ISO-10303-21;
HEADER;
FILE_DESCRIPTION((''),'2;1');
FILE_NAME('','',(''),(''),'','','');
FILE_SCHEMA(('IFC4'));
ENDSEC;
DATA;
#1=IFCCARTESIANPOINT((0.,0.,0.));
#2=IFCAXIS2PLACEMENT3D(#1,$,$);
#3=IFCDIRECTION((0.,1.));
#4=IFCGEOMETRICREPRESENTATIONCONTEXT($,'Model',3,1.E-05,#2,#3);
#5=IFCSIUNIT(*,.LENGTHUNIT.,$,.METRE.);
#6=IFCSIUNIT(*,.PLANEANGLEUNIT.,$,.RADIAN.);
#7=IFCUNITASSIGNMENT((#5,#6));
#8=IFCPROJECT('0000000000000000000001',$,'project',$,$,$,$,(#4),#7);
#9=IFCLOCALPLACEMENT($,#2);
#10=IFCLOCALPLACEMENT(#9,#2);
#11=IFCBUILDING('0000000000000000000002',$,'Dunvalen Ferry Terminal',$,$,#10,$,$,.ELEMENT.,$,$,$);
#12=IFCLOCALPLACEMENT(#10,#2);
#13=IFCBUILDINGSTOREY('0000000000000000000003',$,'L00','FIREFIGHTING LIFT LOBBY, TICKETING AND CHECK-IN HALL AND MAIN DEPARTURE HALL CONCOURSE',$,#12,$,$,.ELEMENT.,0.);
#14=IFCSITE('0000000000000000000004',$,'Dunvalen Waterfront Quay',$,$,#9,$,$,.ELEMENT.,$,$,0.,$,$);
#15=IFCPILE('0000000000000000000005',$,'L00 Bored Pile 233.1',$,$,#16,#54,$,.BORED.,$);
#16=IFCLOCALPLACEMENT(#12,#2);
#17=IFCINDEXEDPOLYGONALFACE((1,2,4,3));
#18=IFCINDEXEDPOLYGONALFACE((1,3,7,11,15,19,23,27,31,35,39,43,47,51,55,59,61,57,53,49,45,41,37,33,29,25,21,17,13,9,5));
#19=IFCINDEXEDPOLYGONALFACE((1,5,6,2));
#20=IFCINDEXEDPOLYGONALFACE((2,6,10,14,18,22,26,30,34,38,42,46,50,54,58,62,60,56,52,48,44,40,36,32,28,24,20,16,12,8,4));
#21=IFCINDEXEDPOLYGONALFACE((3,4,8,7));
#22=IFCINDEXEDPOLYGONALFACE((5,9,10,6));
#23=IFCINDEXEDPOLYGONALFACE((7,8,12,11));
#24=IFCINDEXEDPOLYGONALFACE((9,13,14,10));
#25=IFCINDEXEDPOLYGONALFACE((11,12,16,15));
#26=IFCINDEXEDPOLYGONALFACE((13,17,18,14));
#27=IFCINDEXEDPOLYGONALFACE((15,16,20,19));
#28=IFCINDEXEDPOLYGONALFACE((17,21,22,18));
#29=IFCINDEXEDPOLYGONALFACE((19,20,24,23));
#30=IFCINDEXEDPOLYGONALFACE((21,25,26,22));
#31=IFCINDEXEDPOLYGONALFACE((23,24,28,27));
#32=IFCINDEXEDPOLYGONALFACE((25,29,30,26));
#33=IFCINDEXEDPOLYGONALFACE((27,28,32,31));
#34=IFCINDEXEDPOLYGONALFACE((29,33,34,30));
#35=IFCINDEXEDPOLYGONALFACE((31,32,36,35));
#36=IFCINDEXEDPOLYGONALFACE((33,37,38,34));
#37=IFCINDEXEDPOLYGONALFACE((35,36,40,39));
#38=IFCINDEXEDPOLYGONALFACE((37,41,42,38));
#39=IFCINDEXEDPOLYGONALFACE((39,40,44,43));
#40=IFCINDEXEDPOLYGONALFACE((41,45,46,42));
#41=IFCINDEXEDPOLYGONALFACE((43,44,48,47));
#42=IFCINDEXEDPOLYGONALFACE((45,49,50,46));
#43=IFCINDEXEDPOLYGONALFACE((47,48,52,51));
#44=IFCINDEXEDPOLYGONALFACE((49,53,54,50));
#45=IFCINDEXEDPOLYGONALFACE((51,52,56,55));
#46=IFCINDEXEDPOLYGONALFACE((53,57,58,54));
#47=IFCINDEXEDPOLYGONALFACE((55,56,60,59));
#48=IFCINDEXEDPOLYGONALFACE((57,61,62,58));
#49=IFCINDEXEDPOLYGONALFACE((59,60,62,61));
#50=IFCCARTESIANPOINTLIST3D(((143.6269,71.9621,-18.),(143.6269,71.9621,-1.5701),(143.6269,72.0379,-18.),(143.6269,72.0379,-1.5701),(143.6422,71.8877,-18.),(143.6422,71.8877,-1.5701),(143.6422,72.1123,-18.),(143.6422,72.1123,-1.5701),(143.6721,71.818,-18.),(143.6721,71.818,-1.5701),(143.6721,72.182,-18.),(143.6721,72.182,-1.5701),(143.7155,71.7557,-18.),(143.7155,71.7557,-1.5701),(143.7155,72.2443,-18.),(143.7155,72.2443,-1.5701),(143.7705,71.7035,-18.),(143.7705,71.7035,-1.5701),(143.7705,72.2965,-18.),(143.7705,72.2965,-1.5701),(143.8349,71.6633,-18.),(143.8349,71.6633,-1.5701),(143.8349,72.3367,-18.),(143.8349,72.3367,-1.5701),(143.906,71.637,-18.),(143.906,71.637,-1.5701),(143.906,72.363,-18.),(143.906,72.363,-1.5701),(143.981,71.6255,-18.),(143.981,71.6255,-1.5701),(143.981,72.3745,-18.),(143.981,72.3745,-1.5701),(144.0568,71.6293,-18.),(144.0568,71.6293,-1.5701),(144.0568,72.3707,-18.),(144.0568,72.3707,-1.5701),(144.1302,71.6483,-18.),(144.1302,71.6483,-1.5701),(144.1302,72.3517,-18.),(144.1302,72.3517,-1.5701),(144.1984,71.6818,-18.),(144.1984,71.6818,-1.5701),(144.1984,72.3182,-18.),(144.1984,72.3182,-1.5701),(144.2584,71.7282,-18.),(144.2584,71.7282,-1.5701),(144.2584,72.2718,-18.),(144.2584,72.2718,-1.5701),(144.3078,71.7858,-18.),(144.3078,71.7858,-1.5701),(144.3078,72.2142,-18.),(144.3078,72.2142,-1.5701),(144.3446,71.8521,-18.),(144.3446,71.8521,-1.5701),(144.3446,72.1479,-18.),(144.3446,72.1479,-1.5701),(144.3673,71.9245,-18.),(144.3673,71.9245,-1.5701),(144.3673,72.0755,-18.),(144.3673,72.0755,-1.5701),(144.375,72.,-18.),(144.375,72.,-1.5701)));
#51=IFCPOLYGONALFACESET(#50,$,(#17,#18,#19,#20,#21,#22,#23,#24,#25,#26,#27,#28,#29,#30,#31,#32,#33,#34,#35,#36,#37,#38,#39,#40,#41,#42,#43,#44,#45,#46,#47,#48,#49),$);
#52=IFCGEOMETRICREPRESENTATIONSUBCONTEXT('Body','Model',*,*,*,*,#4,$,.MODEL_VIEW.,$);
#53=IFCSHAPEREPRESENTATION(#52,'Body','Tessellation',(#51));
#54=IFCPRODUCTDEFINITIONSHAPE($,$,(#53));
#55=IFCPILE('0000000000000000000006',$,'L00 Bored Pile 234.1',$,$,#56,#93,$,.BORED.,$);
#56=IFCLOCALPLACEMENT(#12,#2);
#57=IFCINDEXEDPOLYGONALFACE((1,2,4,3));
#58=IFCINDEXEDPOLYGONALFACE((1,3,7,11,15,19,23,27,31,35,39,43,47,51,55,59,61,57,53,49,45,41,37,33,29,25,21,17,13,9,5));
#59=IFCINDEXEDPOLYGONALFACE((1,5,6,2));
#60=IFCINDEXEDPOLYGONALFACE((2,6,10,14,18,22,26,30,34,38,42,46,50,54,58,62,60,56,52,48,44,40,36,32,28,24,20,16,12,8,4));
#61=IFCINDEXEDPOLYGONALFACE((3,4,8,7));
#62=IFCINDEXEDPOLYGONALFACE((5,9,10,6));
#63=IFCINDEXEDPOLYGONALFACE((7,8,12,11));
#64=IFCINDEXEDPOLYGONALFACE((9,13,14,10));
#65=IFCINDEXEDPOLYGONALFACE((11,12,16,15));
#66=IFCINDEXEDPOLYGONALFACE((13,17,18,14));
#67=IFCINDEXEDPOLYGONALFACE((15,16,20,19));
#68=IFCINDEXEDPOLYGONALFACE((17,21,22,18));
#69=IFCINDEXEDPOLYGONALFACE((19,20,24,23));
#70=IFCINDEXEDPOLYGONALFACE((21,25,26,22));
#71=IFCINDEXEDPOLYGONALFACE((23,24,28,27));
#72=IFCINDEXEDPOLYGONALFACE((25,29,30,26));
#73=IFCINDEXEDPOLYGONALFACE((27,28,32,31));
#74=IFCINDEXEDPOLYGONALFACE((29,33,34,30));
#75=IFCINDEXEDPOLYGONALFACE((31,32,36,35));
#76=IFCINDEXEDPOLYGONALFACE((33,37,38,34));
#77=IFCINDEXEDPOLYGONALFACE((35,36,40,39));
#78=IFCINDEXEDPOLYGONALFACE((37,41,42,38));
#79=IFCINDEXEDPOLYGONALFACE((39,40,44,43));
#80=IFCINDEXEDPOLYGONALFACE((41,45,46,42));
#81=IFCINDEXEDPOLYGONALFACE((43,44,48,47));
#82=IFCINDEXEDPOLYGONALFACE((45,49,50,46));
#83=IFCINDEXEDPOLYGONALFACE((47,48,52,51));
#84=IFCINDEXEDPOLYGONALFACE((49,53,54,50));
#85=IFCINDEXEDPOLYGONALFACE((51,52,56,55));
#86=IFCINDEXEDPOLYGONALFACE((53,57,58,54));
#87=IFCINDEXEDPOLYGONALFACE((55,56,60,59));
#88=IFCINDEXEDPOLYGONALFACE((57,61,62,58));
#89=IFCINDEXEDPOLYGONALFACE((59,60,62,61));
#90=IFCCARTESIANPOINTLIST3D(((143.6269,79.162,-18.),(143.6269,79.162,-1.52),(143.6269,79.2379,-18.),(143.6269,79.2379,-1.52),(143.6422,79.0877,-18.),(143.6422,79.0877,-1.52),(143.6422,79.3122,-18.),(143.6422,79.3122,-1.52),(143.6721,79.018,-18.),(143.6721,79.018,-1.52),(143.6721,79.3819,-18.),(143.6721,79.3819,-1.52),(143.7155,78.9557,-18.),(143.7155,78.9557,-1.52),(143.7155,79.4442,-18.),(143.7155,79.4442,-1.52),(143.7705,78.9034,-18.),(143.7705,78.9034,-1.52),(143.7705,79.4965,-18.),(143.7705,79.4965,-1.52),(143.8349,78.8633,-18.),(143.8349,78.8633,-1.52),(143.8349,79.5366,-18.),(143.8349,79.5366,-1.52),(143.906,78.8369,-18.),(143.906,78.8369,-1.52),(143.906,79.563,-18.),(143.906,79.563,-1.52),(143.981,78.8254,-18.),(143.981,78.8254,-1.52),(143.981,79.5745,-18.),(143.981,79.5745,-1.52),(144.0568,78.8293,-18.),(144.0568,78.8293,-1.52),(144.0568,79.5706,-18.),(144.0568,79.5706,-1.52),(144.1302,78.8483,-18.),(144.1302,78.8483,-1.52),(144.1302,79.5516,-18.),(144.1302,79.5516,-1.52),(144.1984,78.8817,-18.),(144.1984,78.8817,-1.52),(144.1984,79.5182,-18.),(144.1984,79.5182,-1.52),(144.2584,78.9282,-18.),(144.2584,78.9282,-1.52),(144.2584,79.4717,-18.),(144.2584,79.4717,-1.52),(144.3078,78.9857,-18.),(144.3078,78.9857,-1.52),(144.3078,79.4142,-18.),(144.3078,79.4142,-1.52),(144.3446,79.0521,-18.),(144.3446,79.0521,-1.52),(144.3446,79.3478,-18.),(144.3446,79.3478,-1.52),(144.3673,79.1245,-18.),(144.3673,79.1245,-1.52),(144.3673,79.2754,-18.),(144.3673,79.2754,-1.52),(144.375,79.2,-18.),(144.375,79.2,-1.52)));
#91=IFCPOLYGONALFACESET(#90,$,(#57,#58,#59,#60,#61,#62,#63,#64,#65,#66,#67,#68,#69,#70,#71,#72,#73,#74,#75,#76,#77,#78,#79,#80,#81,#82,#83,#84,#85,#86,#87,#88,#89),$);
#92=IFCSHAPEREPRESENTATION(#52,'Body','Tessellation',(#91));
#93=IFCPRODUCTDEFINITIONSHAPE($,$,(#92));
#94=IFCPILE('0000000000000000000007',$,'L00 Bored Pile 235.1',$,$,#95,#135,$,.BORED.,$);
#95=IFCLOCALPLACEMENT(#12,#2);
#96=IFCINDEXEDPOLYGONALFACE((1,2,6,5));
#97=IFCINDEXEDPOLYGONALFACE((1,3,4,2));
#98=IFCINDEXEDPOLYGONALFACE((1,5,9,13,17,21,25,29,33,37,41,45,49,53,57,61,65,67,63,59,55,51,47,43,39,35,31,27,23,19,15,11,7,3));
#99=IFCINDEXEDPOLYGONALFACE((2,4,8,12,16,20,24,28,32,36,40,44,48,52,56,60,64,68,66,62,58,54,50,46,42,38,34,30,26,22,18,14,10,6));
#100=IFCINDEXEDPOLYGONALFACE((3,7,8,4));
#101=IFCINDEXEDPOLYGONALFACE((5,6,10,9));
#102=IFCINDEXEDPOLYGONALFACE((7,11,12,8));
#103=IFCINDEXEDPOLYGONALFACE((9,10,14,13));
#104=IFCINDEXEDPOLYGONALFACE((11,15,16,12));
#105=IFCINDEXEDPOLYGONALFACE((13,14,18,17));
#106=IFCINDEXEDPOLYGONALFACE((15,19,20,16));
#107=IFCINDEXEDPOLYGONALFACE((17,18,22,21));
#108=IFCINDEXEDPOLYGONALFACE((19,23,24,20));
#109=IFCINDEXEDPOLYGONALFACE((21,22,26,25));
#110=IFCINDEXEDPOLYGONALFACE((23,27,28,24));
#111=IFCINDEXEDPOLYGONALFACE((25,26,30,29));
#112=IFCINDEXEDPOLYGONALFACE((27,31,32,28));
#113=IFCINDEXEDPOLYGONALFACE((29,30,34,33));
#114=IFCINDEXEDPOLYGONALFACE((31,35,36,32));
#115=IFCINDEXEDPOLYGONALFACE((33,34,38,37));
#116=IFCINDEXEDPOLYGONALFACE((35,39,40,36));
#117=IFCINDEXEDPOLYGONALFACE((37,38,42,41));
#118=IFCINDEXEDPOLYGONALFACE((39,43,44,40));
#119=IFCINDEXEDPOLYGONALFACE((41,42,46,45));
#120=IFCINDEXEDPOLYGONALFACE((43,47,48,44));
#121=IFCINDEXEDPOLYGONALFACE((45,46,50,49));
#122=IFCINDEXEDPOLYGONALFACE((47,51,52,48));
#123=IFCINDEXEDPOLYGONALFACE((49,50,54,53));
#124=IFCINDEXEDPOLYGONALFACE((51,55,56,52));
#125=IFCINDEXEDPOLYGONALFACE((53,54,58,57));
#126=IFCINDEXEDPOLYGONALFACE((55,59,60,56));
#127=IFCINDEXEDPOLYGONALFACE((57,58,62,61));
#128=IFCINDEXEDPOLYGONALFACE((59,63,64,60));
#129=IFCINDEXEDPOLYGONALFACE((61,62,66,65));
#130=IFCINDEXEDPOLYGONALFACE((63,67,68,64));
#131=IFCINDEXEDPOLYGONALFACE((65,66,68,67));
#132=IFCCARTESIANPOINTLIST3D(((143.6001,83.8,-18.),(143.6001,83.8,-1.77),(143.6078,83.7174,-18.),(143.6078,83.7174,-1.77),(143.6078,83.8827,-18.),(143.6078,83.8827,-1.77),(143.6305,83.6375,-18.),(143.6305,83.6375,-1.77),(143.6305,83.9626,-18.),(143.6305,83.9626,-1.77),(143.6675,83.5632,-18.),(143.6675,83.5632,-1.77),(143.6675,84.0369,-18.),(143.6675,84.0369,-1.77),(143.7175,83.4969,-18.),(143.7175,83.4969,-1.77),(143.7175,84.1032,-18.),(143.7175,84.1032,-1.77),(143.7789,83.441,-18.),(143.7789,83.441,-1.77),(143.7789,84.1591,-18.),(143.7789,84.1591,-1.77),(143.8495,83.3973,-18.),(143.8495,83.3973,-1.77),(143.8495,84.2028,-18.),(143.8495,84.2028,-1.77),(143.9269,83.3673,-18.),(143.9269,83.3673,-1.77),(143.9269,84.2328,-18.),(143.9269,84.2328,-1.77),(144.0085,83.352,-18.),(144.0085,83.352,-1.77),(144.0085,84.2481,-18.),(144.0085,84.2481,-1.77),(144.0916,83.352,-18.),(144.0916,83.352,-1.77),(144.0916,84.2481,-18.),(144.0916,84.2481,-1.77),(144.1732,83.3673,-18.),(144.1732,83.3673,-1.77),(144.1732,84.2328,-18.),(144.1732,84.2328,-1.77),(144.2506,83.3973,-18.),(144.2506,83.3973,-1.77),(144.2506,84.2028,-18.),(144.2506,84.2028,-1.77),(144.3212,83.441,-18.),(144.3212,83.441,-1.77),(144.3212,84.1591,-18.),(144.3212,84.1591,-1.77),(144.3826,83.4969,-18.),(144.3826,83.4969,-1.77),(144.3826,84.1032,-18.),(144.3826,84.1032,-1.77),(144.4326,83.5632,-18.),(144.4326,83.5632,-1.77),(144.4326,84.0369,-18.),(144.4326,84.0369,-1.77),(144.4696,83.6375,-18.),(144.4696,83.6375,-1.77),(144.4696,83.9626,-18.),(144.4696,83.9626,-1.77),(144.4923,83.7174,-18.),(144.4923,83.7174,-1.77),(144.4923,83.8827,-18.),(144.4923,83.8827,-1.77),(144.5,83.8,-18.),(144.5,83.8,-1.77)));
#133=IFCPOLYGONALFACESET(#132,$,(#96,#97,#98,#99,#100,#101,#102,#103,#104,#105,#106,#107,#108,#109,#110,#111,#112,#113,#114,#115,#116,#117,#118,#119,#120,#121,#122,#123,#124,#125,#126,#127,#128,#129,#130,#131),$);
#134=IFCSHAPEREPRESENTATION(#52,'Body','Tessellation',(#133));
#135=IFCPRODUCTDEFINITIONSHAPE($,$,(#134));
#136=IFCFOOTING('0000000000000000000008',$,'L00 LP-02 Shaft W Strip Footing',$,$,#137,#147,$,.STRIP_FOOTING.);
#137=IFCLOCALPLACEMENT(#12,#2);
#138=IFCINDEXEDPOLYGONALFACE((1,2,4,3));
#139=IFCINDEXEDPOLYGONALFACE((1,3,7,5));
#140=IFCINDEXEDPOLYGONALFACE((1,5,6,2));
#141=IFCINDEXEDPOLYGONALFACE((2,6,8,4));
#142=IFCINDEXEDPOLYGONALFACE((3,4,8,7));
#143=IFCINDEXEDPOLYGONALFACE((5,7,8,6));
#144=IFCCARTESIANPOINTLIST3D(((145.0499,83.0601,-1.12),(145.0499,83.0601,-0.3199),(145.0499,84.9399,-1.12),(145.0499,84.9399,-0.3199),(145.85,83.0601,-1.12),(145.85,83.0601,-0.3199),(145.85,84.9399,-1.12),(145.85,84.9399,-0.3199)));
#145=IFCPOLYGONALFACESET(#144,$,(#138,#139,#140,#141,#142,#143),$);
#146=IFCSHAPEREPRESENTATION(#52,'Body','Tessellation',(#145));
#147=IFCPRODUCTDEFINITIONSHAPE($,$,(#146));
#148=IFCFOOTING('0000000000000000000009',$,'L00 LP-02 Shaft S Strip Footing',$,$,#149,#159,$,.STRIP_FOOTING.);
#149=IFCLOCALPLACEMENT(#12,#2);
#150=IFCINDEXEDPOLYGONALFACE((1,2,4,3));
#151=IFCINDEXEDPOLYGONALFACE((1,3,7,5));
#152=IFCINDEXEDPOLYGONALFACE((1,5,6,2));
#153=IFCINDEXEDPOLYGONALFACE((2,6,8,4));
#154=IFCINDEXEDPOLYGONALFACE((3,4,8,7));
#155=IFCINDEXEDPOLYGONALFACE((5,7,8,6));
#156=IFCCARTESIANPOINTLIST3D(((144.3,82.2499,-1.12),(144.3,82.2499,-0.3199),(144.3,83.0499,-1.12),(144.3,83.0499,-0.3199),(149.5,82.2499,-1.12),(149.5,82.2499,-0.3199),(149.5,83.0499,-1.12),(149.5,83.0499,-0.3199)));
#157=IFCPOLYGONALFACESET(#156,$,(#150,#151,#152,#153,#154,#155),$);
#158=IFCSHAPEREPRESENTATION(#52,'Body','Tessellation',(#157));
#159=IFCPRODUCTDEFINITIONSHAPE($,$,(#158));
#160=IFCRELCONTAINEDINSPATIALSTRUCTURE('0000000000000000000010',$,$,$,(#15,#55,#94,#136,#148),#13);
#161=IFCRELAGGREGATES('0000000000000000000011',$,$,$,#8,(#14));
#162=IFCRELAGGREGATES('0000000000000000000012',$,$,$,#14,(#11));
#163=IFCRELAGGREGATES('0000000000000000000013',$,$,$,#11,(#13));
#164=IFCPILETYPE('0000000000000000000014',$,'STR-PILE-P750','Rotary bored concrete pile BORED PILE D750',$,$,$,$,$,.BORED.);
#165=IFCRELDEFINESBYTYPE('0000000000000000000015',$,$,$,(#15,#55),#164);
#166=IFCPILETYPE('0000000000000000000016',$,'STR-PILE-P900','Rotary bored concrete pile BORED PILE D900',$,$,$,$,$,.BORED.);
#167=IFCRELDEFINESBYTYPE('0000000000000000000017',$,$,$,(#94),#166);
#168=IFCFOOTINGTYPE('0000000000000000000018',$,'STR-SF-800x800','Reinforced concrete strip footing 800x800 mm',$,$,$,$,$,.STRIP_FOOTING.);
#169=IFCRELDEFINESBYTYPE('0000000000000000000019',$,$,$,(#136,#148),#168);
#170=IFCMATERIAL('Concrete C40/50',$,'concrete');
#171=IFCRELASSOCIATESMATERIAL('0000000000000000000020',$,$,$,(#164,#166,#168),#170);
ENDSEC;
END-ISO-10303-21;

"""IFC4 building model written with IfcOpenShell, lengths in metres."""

from ifc_helpers import new_model, si_unit, direction, frame, origin, origin_2d, place, context, subcontext, project, spatial, rectangle, circle, extrude, material, material_profile, profile_set, type_object, element, save


model = new_model("IFC4")

# Units and contexts
model_context = context("Model", 3, precision=1e-05, world=origin(), true_north=direction((0.0, 1.0)))
body_context = subcontext(model_context, "Body", "Model", "MODEL_VIEW")
ifc_project = project(units=[si_unit("LENGTHUNIT", "METRE"), si_unit("PLANEANGLEUNIT", "RADIAN")], contexts=[model_context])

# Site, building, storey
site_placement = place(None, origin())
site = spatial("IfcSite", under=ifc_project, at=site_placement, Name="Dunvalen Waterfront Quay", CompositionType="ELEMENT", RefElevation=0.0)
building_placement = place(site_placement, origin())
building = spatial("IfcBuilding", under=site, at=building_placement, Name="Dunvalen Ferry Terminal", CompositionType="ELEMENT")
storey_placement = place(building_placement, origin())
storey = spatial("IfcBuildingStorey", under=building, at=storey_placement, Name="L00", Description="FIREFIGHTING LIFT LOBBY, TICKETING AND CHECK-IN HALL AND MAIN DEPARTURE HALL CONCOURSE", CompositionType="ELEMENT", Elevation=0.0)

# Shared definitions
ifc_material_1 = material(Name="Concrete C40/50", Category="concrete")

# Piles
ifc_material_profile_1 = material_profile(ifc_material_1, circle(Radius=0.375, at=origin_2d()), Name="Concrete C40/50")
ifc_profile_set_1 = profile_set([ifc_material_profile_1], Name="Concrete C40/50")
pile_type_1 = type_object("IfcPileType", Name="STR-PILE-P750", Description="Rotary bored concrete pile BORED PILE D750", PredefinedType="BORED", material=ifc_profile_set_1)
for number, where, z_axis, x_axis, name in (
    (1, (144.0, 72.0, -1.5701), (0.0, 0.0, -1.0), (1.0, 0.0, 0.0), "L00 Bored Pile 233.1"),
):
    element("IfcPile", number, at=place(storey_placement, frame(where, z_axis=z_axis, x_axis=x_axis)), inside=storey, type_object=pile_type_1, Name=name, PredefinedType="BORED", context=body_context, shape_type="SweptSolid", body=[
        extrude(circle(Radius=0.375, at=origin_2d()), origin(), (0.0, 0.0, 1.0), 16.4299),
    ])
pile_1_placement = place(storey_placement, frame((144.0, 79.2, -1.52), z_axis=(0.0, 0.0, -1.0), x_axis=(1.0, 0.0, 0.0)))
element("IfcPile", 2, at=pile_1_placement, inside=storey, type_object=pile_type_1, Name="L00 Bored Pile 234.1", PredefinedType="BORED", context=body_context, shape_type="SweptSolid", body=[
    extrude(circle(Radius=0.375, at=origin_2d()), origin(), (0.0, 0.0, 1.0), 16.48),
])
ifc_material_profile_2 = material_profile(ifc_material_1, circle(Radius=0.45, at=origin_2d()), Name="Concrete C40/50")
ifc_profile_set_2 = profile_set([ifc_material_profile_2], Name="Concrete C40/50")
pile_type_2 = type_object("IfcPileType", Name="STR-PILE-P900", Description="Rotary bored concrete pile BORED PILE D900", PredefinedType="BORED", material=ifc_profile_set_2)
pile_2_placement = place(storey_placement, frame((144.05, 83.8, -1.77), z_axis=(0.0, 0.0, -1.0), x_axis=(1.0, 0.0, 0.0)))
element("IfcPile", 3, at=pile_2_placement, inside=storey, type_object=pile_type_2, Name="L00 Bored Pile 235.1", PredefinedType="BORED", context=body_context, shape_type="SweptSolid", body=[
    extrude(circle(Radius=0.45, at=origin_2d()), origin(), (0.0, 0.0, 1.0), 16.23),
])

# Footings
ifc_material_profile_3 = material_profile(ifc_material_1, rectangle(XDim=0.8, YDim=0.8, at=origin_2d()), Name="Concrete C40/50")
ifc_profile_set_3 = profile_set([ifc_material_profile_3], Name="Concrete C40/50")
footing_type_1 = type_object("IfcFootingType", Name="STR-SF-800x800", Description="Reinforced concrete strip footing 800x800 mm", PredefinedType="STRIP_FOOTING", material=ifc_profile_set_3)
footing_1_placement = place(storey_placement, frame((145.45, 83.0601, -0.72), z_axis=(0.0, 1.0, 0.0), x_axis=(-1.0, 0.0, 0.0)))
element("IfcFooting", 4, at=footing_1_placement, inside=storey, type_object=footing_type_1, Name="L00 LP-02 Shaft W Strip Footing", PredefinedType="STRIP_FOOTING", context=body_context, shape_type="SweptSolid", body=[
    extrude(rectangle(XDim=0.8, YDim=0.8, at=origin_2d()), origin(), (0.0, 0.0, 1.0), 1.8799),
])
footing_2_placement = place(storey_placement, frame((144.3, 82.6499, -0.72), z_axis=(1.0, 0.0, 0.0), x_axis=(0.0, 1.0, 0.0)))
element("IfcFooting", 5, at=footing_2_placement, inside=storey, type_object=footing_type_1, Name="L00 LP-02 Shaft S Strip Footing", PredefinedType="STRIP_FOOTING", context=body_context, shape_type="SweptSolid", body=[
    extrude(rectangle(XDim=0.8, YDim=0.8, at=origin_2d()), origin(), (0.0, 0.0, 1.0), 5.2),
])

save(model, "model.ifc")
